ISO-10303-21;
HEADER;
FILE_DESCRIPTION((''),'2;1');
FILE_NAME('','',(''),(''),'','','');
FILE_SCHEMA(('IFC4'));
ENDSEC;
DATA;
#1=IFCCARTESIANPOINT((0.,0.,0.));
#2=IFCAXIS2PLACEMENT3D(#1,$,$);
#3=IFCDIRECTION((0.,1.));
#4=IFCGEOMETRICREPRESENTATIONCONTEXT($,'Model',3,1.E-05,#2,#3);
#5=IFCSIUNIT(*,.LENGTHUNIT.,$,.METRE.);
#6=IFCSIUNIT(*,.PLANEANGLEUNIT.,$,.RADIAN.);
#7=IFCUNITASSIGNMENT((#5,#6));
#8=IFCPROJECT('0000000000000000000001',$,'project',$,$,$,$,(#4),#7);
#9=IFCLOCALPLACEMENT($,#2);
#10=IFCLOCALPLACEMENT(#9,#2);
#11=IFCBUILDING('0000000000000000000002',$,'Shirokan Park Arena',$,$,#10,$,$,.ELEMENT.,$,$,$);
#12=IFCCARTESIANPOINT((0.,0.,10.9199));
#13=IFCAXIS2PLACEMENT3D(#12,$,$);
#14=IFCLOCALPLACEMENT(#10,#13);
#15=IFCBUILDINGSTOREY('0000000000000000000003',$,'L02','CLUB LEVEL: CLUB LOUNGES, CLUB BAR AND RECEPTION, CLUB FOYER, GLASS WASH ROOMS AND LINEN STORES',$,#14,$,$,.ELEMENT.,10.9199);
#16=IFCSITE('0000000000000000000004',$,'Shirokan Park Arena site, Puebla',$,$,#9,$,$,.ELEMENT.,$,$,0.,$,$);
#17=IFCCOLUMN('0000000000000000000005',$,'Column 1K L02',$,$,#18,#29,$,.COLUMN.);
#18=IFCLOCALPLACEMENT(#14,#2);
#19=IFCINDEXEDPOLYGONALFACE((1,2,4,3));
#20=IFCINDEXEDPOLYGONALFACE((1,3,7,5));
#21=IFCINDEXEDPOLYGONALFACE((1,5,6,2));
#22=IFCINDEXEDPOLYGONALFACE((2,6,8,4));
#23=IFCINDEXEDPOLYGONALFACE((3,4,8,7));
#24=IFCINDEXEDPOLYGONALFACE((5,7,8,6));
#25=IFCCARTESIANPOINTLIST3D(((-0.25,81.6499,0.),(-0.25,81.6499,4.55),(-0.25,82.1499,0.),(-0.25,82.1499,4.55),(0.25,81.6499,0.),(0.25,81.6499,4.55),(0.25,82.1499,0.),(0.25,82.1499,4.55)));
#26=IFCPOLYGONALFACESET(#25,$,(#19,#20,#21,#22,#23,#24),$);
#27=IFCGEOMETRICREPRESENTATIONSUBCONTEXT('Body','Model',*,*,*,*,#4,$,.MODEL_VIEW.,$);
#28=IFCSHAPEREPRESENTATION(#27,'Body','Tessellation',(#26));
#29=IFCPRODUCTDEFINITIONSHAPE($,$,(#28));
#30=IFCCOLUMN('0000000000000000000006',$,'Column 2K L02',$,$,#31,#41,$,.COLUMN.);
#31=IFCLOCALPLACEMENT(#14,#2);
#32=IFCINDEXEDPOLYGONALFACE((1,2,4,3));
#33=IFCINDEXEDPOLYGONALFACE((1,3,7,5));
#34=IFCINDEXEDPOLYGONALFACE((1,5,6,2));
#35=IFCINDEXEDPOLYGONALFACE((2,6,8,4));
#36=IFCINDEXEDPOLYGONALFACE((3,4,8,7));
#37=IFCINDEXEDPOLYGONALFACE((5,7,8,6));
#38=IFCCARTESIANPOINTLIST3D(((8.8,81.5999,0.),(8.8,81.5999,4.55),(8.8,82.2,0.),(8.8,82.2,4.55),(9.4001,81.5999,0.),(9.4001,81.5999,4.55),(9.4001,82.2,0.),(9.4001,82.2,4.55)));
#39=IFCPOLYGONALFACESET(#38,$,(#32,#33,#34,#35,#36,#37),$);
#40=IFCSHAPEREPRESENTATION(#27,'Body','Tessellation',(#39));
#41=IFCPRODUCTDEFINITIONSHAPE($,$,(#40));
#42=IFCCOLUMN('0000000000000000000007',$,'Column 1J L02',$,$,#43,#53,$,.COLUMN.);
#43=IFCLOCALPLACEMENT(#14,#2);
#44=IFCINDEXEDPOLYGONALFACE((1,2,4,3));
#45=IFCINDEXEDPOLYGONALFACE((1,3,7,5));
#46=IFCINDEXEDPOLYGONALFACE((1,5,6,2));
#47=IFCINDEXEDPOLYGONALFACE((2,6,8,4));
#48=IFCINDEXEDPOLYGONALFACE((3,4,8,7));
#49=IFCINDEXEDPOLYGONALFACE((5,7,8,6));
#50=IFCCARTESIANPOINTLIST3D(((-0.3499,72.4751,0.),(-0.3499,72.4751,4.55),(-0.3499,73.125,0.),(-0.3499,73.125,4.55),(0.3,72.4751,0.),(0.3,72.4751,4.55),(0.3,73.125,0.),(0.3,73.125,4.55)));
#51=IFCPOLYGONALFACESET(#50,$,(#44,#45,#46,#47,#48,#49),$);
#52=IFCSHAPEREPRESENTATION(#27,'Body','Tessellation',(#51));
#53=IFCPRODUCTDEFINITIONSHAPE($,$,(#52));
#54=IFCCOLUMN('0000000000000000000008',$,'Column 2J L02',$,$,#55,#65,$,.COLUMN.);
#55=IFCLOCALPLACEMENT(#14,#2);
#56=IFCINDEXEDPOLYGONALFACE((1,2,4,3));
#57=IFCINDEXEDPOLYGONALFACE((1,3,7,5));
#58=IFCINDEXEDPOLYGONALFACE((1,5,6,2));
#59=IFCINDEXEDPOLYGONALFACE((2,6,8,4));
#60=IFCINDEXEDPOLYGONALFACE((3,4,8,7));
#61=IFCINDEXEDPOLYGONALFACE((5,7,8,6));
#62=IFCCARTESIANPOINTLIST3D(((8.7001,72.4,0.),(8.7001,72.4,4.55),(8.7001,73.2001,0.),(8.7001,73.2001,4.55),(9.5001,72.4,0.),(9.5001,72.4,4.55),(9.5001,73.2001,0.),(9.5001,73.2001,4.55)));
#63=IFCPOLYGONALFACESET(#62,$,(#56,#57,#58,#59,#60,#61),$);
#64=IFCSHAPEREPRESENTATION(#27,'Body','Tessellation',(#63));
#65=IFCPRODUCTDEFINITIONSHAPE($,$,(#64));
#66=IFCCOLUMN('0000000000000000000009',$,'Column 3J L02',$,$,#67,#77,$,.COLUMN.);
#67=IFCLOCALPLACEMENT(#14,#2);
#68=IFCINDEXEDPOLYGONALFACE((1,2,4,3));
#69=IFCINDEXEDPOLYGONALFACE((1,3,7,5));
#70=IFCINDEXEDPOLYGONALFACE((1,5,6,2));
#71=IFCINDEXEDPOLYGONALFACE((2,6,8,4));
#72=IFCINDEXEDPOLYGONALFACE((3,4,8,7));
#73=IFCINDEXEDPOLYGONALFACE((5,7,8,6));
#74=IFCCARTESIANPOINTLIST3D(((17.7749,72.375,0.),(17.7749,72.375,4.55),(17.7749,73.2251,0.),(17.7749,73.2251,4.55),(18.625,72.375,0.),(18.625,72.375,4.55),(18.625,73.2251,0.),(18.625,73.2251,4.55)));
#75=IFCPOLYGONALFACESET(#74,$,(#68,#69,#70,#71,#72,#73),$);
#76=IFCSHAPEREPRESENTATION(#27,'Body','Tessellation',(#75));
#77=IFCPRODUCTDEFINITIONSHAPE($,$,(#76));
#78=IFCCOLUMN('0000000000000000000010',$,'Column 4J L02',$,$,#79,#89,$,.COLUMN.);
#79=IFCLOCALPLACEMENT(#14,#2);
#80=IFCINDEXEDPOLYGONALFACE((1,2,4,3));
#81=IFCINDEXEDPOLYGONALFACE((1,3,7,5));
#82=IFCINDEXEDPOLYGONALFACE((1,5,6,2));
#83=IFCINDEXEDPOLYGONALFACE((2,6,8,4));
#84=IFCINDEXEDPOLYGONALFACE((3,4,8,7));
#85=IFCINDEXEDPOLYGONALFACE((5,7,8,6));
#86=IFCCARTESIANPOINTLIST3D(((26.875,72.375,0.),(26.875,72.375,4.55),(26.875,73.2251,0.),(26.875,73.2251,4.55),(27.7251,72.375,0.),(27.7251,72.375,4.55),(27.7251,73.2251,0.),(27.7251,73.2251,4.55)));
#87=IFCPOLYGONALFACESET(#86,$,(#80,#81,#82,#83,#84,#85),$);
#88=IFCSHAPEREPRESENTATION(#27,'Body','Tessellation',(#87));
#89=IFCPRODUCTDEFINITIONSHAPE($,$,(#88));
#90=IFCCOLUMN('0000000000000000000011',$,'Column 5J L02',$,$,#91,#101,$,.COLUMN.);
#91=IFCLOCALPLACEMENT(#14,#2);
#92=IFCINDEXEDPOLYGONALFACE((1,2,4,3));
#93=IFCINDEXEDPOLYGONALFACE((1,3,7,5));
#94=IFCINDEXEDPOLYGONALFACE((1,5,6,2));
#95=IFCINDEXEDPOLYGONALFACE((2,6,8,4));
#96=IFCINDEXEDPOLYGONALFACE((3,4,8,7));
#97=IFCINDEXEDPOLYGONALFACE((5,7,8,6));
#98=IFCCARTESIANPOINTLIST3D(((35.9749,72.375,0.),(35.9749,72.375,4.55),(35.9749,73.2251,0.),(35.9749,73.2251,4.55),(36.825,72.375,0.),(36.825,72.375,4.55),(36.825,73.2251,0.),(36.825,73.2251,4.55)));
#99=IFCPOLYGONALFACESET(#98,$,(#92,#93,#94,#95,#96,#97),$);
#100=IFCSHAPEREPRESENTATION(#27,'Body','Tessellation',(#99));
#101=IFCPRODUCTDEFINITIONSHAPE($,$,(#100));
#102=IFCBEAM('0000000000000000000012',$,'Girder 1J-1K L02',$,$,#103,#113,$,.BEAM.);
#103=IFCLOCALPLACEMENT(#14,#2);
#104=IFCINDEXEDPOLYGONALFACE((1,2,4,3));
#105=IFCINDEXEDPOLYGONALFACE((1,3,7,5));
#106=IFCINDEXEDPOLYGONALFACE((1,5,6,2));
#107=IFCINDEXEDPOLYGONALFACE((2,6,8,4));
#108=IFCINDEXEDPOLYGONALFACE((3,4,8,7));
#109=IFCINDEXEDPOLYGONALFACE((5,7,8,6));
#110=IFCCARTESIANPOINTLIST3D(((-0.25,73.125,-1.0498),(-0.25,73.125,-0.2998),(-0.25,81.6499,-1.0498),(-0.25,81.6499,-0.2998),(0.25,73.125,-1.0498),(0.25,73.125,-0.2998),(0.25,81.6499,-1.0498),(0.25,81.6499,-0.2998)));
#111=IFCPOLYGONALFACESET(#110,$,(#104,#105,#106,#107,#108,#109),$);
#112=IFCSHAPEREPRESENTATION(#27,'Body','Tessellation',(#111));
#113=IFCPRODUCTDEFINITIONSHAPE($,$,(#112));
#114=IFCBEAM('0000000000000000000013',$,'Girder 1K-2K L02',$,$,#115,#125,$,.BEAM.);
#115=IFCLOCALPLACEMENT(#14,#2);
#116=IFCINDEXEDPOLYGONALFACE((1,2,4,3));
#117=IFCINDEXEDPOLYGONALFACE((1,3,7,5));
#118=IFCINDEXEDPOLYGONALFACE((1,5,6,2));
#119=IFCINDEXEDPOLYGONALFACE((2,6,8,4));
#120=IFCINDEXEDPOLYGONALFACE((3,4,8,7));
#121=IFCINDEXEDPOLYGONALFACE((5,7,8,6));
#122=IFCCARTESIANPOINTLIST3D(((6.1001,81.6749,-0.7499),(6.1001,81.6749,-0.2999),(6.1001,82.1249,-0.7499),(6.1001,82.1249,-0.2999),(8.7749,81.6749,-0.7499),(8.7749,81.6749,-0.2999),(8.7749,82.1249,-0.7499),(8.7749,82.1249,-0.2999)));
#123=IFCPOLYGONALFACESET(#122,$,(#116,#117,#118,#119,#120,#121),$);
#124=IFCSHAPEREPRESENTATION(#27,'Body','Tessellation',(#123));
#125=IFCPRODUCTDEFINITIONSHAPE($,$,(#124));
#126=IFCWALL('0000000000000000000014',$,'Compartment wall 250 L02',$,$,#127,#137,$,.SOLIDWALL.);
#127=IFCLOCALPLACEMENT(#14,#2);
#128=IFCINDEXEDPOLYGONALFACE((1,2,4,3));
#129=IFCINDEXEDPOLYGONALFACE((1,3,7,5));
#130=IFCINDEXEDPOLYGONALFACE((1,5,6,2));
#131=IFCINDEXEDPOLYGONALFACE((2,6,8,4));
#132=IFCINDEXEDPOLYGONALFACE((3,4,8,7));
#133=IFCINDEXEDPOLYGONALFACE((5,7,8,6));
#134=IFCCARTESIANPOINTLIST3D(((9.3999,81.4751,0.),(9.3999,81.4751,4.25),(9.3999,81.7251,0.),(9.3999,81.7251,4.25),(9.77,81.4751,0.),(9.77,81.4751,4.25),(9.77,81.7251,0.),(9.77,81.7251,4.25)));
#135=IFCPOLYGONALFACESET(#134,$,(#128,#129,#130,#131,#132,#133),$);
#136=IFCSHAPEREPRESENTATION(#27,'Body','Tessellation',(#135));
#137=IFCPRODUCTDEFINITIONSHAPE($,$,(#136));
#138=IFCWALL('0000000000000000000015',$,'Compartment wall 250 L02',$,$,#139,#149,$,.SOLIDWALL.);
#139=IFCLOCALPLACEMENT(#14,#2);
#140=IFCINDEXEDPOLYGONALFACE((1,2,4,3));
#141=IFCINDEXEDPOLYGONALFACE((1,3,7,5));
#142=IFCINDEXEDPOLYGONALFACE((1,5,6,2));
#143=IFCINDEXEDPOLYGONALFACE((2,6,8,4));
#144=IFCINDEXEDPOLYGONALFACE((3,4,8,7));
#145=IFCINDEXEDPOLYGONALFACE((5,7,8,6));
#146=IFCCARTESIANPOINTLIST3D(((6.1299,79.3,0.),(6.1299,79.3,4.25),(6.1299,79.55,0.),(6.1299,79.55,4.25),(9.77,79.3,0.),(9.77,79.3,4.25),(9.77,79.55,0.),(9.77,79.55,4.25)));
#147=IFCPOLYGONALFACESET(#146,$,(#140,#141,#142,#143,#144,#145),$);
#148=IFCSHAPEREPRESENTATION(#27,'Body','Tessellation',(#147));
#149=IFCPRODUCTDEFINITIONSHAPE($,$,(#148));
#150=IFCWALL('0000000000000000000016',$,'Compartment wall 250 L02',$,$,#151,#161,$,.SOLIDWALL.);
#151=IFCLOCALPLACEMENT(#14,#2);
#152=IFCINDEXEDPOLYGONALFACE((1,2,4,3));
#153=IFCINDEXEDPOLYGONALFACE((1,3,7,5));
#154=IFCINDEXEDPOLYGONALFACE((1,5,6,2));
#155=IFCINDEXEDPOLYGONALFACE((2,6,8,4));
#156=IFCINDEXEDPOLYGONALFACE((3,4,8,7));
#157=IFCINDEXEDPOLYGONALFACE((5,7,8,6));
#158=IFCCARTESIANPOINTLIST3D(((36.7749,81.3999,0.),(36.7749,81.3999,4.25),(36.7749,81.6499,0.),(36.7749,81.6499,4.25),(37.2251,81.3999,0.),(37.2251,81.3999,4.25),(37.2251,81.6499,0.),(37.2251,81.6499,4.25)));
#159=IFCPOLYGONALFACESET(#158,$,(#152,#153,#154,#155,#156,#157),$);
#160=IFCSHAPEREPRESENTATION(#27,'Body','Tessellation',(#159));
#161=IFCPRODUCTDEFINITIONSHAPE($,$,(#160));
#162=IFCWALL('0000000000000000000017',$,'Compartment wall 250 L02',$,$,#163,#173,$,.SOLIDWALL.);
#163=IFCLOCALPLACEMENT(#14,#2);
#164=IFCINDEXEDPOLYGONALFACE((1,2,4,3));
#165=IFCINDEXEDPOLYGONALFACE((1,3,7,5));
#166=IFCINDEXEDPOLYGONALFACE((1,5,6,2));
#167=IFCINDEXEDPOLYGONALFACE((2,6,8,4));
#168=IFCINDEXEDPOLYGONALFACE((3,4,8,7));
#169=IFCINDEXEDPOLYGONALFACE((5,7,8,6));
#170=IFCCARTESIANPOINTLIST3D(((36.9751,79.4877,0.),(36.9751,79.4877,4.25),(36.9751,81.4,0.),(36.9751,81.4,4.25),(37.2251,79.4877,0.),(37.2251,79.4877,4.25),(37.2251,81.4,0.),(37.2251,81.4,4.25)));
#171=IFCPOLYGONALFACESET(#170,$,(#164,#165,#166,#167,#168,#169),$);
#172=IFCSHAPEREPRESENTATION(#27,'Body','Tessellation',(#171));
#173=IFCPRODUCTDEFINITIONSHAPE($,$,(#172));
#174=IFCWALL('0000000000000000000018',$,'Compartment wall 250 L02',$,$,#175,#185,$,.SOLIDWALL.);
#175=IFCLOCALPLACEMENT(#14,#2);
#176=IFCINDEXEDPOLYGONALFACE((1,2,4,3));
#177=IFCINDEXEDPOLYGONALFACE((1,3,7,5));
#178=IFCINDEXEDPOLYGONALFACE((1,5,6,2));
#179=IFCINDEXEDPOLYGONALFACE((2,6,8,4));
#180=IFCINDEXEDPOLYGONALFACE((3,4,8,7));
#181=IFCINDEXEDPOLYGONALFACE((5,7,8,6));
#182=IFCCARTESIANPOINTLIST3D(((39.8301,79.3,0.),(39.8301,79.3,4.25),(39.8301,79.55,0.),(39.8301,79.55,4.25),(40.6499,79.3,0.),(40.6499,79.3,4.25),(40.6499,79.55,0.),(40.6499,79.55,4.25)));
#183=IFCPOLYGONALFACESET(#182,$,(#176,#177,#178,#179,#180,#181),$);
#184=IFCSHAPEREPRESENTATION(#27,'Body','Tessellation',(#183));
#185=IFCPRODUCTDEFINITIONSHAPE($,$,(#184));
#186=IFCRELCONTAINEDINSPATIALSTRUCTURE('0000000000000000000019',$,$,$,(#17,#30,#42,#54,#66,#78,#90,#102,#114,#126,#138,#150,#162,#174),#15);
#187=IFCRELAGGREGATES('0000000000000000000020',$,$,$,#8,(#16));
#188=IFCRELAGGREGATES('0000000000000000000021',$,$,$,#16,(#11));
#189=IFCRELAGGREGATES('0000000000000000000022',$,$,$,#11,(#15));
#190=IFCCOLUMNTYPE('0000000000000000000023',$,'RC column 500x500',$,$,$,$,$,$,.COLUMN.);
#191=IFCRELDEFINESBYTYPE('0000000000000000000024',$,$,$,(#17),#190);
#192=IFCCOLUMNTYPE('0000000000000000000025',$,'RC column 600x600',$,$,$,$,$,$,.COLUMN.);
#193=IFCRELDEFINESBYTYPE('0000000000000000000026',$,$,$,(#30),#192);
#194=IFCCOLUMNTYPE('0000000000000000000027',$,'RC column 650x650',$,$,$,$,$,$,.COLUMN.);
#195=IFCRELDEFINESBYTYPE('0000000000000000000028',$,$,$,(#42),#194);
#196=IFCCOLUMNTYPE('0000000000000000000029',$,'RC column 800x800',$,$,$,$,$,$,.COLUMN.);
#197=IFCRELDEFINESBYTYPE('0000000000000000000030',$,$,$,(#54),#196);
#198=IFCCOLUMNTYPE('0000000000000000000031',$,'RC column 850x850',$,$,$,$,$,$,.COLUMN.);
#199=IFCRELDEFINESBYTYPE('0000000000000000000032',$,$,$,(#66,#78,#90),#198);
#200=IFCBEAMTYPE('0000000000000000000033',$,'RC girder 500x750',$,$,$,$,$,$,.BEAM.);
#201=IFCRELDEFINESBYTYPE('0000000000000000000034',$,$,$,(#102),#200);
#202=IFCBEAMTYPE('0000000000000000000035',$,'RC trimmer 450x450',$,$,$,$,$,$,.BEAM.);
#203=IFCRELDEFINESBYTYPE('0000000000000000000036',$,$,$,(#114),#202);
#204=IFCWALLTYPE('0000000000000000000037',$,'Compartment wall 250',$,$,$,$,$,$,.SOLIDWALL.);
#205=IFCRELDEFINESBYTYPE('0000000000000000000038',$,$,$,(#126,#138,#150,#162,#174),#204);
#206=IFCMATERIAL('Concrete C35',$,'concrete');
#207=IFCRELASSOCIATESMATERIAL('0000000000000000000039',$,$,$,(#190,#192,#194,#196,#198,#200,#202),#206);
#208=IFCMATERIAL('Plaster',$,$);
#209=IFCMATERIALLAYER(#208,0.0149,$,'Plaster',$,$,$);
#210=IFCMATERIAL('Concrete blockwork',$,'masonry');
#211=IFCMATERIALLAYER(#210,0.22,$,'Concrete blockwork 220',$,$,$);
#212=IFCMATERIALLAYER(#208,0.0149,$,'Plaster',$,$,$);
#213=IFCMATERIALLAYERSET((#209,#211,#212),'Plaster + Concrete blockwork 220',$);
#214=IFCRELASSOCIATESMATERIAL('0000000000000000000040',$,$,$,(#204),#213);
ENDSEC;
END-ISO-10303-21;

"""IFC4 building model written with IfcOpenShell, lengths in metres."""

from ifc_helpers import new_model, si_unit, direction, frame, frame_2d, origin, origin_2d, place, context, subcontext, project, spatial, rectangle, extrude, material, layer, layer_set, material_profile, profile_set, type_object, element, save


model = new_model("IFC4")

# Units and contexts
model_context = context("Model", 3, precision=1e-05, world=origin(), true_north=direction((0.0, 1.0)))
body_context = subcontext(model_context, "Body", "Model", "MODEL_VIEW")
ifc_project = project(units=[si_unit("LENGTHUNIT", "METRE"), si_unit("PLANEANGLEUNIT", "RADIAN")], contexts=[model_context])

# Site, building, storey
site_placement = place(None, origin())
site = spatial("IfcSite", under=ifc_project, at=site_placement, Name="Shirokan Park Arena site, Puebla", CompositionType="ELEMENT", RefElevation=0.0)
building_placement = place(site_placement, origin())
building = spatial("IfcBuilding", under=site, at=building_placement, Name="Shirokan Park Arena", CompositionType="ELEMENT")
storey_placement = place(building_placement, frame((0.0, 0.0, 10.9199)))
storey = spatial("IfcBuildingStorey", under=building, at=storey_placement, Name="L02", Description="CLUB LEVEL: CLUB LOUNGES, CLUB BAR AND RECEPTION, CLUB FOYER, GLASS WASH ROOMS AND LINEN STORES", CompositionType="ELEMENT", Elevation=10.9199)

# Columns
ifc_material_1 = material(Name="Concrete C35", Category="concrete")
ifc_material_profile_1 = material_profile(ifc_material_1, rectangle(XDim=0.5, YDim=0.5, at=origin_2d()), Name="500x500")
ifc_profile_set_1 = profile_set([ifc_material_profile_1], Name="Concrete C35")
column_type_1 = type_object("IfcColumnType", Name="RC column 500x500", PredefinedType="COLUMN", material=ifc_profile_set_1)
column_1_placement = place(storey_placement, frame((0.0, 81.8999, 0.0), z_axis=(0.0, 0.0, 1.0), x_axis=(1.0, 0.0, 0.0)))
element("IfcColumn", 1, at=column_1_placement, inside=storey, type_object=column_type_1, Name="Column 1K L02", PredefinedType="COLUMN", context=body_context, shape_type="SweptSolid", body=[
    extrude(rectangle(XDim=0.5, YDim=0.5, at=origin_2d()), origin(), (0.0, 0.0, 1.0), 4.55),
])
ifc_material_profile_2 = material_profile(ifc_material_1, rectangle(XDim=0.6001, YDim=0.6001, at=origin_2d()), Name="600x600")
ifc_profile_set_2 = profile_set([ifc_material_profile_2], Name="Concrete C35")
column_type_2 = type_object("IfcColumnType", Name="RC column 600x600", PredefinedType="COLUMN", material=ifc_profile_set_2)
column_2_placement = place(storey_placement, frame((9.1001, 81.8999, 0.0), z_axis=(0.0, 0.0, 1.0), x_axis=(1.0, 0.0, 0.0)))
element("IfcColumn", 2, at=column_2_placement, inside=storey, type_object=column_type_2, Name="Column 2K L02", PredefinedType="COLUMN", context=body_context, shape_type="SweptSolid", body=[
    extrude(rectangle(XDim=0.6001, YDim=0.6001, at=origin_2d()), origin(), (0.0, 0.0, 1.0), 4.55),
])
ifc_material_profile_3 = material_profile(ifc_material_1, rectangle(XDim=0.6499, YDim=0.6499, at=origin_2d()), Name="650x650")
ifc_profile_set_3 = profile_set([ifc_material_profile_3], Name="Concrete C35")
column_type_3 = type_object("IfcColumnType", Name="RC column 650x650", PredefinedType="COLUMN", material=ifc_profile_set_3)
column_3_placement = place(storey_placement, frame((-0.0249, 72.8, 0.0), z_axis=(0.0, 0.0, 1.0), x_axis=(1.0, 0.0, 0.0)))
element("IfcColumn", 3, at=column_3_placement, inside=storey, type_object=column_type_3, Name="Column 1J L02", PredefinedType="COLUMN", context=body_context, shape_type="SweptSolid", body=[
    extrude(rectangle(XDim=0.6499, YDim=0.6499, at=origin_2d()), origin(), (0.0, 0.0, 1.0), 4.55),
])
ifc_material_profile_4 = material_profile(ifc_material_1, rectangle(XDim=0.8, YDim=0.8, at=origin_2d()), Name="800x800")
ifc_profile_set_4 = profile_set([ifc_material_profile_4], Name="Concrete C35")
column_type_4 = type_object("IfcColumnType", Name="RC column 800x800", PredefinedType="COLUMN", material=ifc_profile_set_4)
column_4_placement = place(storey_placement, frame((9.1001, 72.8, 0.0), z_axis=(0.0, 0.0, 1.0), x_axis=(1.0, 0.0, 0.0)))
element("IfcColumn", 4, at=column_4_placement, inside=storey, type_object=column_type_4, Name="Column 2J L02", PredefinedType="COLUMN", context=body_context, shape_type="SweptSolid", body=[
    extrude(rectangle(XDim=0.8, YDim=0.8, at=origin_2d()), origin(), (0.0, 0.0, 1.0), 4.55),
])
ifc_material_profile_5 = material_profile(ifc_material_1, rectangle(XDim=0.8501, YDim=0.8501, at=origin_2d()), Name="850x850")
ifc_profile_set_5 = profile_set([ifc_material_profile_5], Name="Concrete C35")
column_type_5 = type_object("IfcColumnType", Name="RC column 850x850", PredefinedType="COLUMN", material=ifc_profile_set_5)
for number, where, z_axis, x_axis, name in (
    (5, (18.2, 72.8, 0.0), (0.0, 0.0, 1.0), (1.0, 0.0, 0.0), "Column 3J L02"),
    (6, (27.3, 72.8, 0.0), (0.0, 0.0, 1.0), (1.0, 0.0, 0.0), "Column 4J L02"),
    (7, (36.3999, 72.8, 0.0), (0.0, 0.0, 1.0), (1.0, 0.0, 0.0), "Column 5J L02"),
):
    element("IfcColumn", number, at=place(storey_placement, frame(where, z_axis=z_axis, x_axis=x_axis)), inside=storey, type_object=column_type_5, Name=name, PredefinedType="COLUMN", context=body_context, shape_type="SweptSolid", body=[
        extrude(rectangle(XDim=0.8501, YDim=0.8501, at=origin_2d()), origin(), (0.0, 0.0, 1.0), 4.55),
    ])

# Beams
ifc_material_profile_6 = material_profile(ifc_material_1, rectangle(XDim=0.5, YDim=0.75, at=origin_2d()), Name="500x750")
ifc_profile_set_6 = profile_set([ifc_material_profile_6], Name="Concrete C35")
beam_type_1 = type_object("IfcBeamType", Name="RC girder 500x750", PredefinedType="BEAM", material=ifc_profile_set_6)
beam_1_placement = place(storey_placement, frame((0.0, 73.125, -0.6748), z_axis=(0.0, 1.0, 0.0), x_axis=(-1.0, 0.0, 0.0)))
element("IfcBeam", 8, at=beam_1_placement, inside=storey, type_object=beam_type_1, Name="Girder 1J-1K L02", PredefinedType="BEAM", context=body_context, shape_type="SweptSolid", body=[
    extrude(rectangle(XDim=0.5, YDim=0.75, at=origin_2d()), origin(), (0.0, 0.0, 1.0), 8.5249),
])
ifc_material_profile_7 = material_profile(ifc_material_1, rectangle(XDim=0.45, YDim=0.45, at=origin_2d()), Name="450x450")
ifc_profile_set_7 = profile_set([ifc_material_profile_7], Name="Concrete C35")
beam_type_2 = type_object("IfcBeamType", Name="RC trimmer 450x450", PredefinedType="BEAM", material=ifc_profile_set_7)
beam_2_placement = place(storey_placement, frame((6.1001, 81.8999, -0.5249), z_axis=(1.0, 0.0, 0.0), x_axis=(0.0, 1.0, 0.0)))
element("IfcBeam", 9, at=beam_2_placement, inside=storey, type_object=beam_type_2, Name="Girder 1K-2K L02", PredefinedType="BEAM", context=body_context, shape_type="SweptSolid", body=[
    extrude(rectangle(XDim=0.45, YDim=0.45, at=origin_2d()), origin(), (0.0, 0.0, 1.0), 2.6748),
])

# Walls
ifc_material_2 = material(Name="Plaster")
ifc_layer_1 = layer(ifc_material_2, 0.0149, Name="Plaster")
ifc_material_3 = material(Name="Concrete blockwork", Category="masonry")
ifc_layer_2 = layer(ifc_material_3, 0.22, Name="Concrete blockwork 220")
ifc_layer_3 = layer(ifc_material_2, 0.0149, Name="Plaster")
ifc_layer_set_1 = layer_set([ifc_layer_1, ifc_layer_2, ifc_layer_3], Name="Plaster + Concrete blockwork 220")
wall_type_1 = type_object("IfcWallType", Name="Compartment wall 250", PredefinedType="SOLIDWALL", material=ifc_layer_set_1)
wall_1_placement = place(storey_placement, frame((9.3999, 81.6001, 0.0), z_axis=(0.0, 0.0, 1.0), x_axis=(1.0, 0.0, 0.0)))
element("IfcWall", 10, at=wall_1_placement, inside=storey, type_object=wall_type_1, Name="Compartment wall 250 L02", PredefinedType="SOLIDWALL", context=body_context, shape_type="SweptSolid", body=[
    extrude(rectangle(XDim=0.3701, YDim=0.25, at=frame_2d((0.1851, 0.0))), origin(), (0.0, 0.0, 1.0), 4.25),
])
wall_2_placement = place(storey_placement, frame((9.77, 79.425, 0.0), z_axis=(0.0, 0.0, 1.0), x_axis=(-1.0, 0.0, 0.0)))
element("IfcWall", 11, at=wall_2_placement, inside=storey, type_object=wall_type_1, Name="Compartment wall 250 L02", PredefinedType="SOLIDWALL", context=body_context, shape_type="SweptSolid", body=[
    extrude(rectangle(XDim=3.6401, YDim=0.25, at=frame_2d((1.8201, 0.0))), origin(), (0.0, 0.0, 1.0), 4.25),
])
wall_3_placement = place(storey_placement, frame((36.7749, 81.5249, 0.0), z_axis=(0.0, 0.0, 1.0), x_axis=(1.0, 0.0, 0.0)))
element("IfcWall", 12, at=wall_3_placement, inside=storey, type_object=wall_type_1, Name="Compartment wall 250 L02", PredefinedType="SOLIDWALL", context=body_context, shape_type="SweptSolid", body=[
    extrude(rectangle(XDim=0.4502, YDim=0.25, at=frame_2d((0.2251, 0.0))), origin(), (0.0, 0.0, 1.0), 4.25),
])
wall_4_placement = place(storey_placement, frame((37.1001, 81.3999, 0.0), z_axis=(0.0, 0.0, 1.0), x_axis=(0.0, -1.0, 0.0)))
element("IfcWall", 13, at=wall_4_placement, inside=storey, type_object=wall_type_1, Name="Compartment wall 250 L02", PredefinedType="SOLIDWALL", context=body_context, shape_type="SweptSolid", body=[
    extrude(rectangle(XDim=1.9124, YDim=0.25, at=frame_2d((0.9561, 0.0))), origin(), (0.0, 0.0, 1.0), 4.25),
])
wall_5_placement = place(storey_placement, frame((40.6499, 79.425, 0.0), z_axis=(0.0, 0.0, 1.0), x_axis=(-1.0, 0.0, 0.0)))
element("IfcWall", 14, at=wall_5_placement, inside=storey, type_object=wall_type_1, Name="Compartment wall 250 L02", PredefinedType="SOLIDWALL", context=body_context, shape_type="SweptSolid", body=[
    extrude(rectangle(XDim=0.8198, YDim=0.25, at=frame_2d((0.4099, 0.0))), origin(), (0.0, 0.0, 1.0), 4.25),
])

save(model, "model.ifc")
